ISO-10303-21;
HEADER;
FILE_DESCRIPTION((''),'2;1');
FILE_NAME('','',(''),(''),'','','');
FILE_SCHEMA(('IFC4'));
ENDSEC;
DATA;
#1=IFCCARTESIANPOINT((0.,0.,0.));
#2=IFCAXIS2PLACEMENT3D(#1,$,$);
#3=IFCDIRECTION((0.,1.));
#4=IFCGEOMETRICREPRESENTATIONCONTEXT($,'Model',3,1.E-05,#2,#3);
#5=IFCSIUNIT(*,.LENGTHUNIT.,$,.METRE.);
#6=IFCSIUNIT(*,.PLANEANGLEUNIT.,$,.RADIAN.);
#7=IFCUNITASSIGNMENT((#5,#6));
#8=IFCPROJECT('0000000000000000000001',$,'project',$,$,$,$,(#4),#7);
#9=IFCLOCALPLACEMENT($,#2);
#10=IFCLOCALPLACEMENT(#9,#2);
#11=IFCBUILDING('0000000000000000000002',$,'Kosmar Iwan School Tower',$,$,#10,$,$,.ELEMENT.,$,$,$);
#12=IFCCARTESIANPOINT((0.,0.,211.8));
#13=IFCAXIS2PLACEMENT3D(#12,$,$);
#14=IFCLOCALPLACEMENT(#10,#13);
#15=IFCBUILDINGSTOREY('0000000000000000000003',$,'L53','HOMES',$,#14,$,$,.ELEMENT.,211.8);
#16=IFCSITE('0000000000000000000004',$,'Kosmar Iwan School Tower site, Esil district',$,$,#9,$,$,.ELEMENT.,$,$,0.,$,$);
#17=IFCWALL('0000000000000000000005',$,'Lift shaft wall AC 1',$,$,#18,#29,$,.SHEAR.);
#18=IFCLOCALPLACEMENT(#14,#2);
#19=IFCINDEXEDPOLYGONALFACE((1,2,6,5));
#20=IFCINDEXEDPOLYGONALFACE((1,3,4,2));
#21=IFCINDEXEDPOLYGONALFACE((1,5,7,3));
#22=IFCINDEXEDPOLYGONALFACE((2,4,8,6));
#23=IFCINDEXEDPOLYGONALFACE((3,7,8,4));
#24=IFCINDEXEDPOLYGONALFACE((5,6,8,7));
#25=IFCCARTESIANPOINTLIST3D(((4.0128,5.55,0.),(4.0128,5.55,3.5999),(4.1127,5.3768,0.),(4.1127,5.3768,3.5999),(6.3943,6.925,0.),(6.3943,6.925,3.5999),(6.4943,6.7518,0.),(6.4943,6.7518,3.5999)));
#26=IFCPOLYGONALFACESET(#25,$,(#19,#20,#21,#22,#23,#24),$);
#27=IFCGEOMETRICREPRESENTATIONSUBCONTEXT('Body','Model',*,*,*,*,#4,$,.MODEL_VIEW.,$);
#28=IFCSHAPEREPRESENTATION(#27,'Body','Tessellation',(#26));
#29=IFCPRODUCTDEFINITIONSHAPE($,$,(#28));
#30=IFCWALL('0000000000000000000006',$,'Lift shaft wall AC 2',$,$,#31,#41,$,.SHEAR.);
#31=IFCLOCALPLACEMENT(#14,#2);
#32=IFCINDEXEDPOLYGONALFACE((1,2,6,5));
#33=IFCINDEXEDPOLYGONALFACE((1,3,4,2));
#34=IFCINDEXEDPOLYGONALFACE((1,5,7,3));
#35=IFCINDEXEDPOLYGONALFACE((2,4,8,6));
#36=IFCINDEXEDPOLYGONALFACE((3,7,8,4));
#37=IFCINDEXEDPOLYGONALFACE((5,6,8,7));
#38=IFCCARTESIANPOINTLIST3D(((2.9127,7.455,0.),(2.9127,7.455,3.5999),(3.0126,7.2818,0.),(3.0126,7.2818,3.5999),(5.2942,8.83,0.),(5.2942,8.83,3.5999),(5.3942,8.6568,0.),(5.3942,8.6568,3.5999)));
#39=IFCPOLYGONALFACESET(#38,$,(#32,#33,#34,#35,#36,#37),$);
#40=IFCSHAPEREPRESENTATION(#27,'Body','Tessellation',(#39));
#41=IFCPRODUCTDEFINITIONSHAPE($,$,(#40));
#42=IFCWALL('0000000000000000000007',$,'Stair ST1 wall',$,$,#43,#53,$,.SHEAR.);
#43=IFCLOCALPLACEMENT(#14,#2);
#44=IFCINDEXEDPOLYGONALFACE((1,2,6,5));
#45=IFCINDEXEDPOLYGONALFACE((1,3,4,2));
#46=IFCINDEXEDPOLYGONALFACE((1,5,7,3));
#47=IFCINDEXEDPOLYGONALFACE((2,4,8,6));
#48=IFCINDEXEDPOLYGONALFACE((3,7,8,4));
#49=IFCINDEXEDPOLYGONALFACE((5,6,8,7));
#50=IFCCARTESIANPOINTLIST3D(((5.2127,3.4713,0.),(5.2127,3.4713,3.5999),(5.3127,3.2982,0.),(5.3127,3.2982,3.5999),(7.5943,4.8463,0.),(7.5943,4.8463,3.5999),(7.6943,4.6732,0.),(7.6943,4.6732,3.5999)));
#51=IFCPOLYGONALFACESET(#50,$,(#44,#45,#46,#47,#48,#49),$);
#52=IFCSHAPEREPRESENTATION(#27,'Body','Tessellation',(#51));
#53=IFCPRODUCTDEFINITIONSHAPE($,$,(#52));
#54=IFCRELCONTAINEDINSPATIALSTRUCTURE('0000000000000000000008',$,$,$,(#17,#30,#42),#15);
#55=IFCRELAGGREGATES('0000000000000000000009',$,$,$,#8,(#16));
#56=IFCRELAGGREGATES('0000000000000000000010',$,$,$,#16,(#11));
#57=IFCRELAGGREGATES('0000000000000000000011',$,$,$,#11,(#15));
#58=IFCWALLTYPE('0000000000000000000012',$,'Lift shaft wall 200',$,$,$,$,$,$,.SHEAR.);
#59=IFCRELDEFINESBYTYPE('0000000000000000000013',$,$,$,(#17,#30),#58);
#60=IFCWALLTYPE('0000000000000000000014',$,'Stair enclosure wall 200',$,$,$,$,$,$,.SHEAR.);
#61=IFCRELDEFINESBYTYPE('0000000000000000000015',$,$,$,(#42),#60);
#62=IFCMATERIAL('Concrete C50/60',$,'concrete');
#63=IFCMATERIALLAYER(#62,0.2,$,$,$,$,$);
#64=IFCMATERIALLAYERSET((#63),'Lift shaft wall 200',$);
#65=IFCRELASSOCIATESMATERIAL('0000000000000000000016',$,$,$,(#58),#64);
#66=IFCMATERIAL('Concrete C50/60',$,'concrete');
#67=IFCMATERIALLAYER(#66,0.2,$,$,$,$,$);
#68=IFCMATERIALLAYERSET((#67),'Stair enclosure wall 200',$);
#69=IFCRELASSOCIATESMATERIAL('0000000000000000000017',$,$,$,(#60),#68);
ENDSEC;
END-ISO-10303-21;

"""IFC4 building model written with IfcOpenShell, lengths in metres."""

from ifc_helpers import new_model, si_unit, direction, frame, frame_2d, origin, place, context, subcontext, project, spatial, rectangle, extrude, material, layer, layer_set, type_object, element, save


model = new_model("IFC4")

# Units and contexts
model_context = context("Model", 3, precision=1e-05, world=origin(), true_north=direction((0.0, 1.0)))
body_context = subcontext(model_context, "Body", "Model", "MODEL_VIEW")
ifc_project = project(units=[si_unit("LENGTHUNIT", "METRE"), si_unit("PLANEANGLEUNIT", "RADIAN")], contexts=[model_context])

# Site, building, storey
site_placement = place(None, origin())
site = spatial("IfcSite", under=ifc_project, at=site_placement, Name="Kosmar Iwan School Tower site, Esil district", CompositionType="ELEMENT", RefElevation=0.0)
building_placement = place(site_placement, origin())
building = spatial("IfcBuilding", under=site, at=building_placement, Name="Kosmar Iwan School Tower", CompositionType="ELEMENT")
storey_placement = place(building_placement, frame((0.0, 0.0, 211.8)))
storey = spatial("IfcBuildingStorey", under=building, at=storey_placement, Name="L53", Description="HOMES", CompositionType="ELEMENT", Elevation=211.8)

# Walls
ifc_material_1 = material(Name="Concrete C50/60", Category="concrete")
ifc_layer_1 = layer(ifc_material_1, 0.2)
ifc_layer_set_1 = layer_set([ifc_layer_1], Name="Lift shaft wall 200")
wall_type_1 = type_object("IfcWallType", Name="Lift shaft wall 200", PredefinedType="SHEAR", material=ifc_layer_set_1)
for number, where, z_axis, x_axis, name in (
    (1, (4.0627, 5.4634, 0.0), (0.0, 0.0, 1.0), (0.866027, 0.499997, 0.0), "Lift shaft wall AC 1"),
    (2, (2.9626, 7.3684, 0.0), (0.0, 0.0, 1.0), (0.866027, 0.499997, 0.0), "Lift shaft wall AC 2"),
):
    element("IfcWall", number, at=place(storey_placement, frame(where, z_axis=z_axis, x_axis=x_axis)), inside=storey, type_object=wall_type_1, Name=name, PredefinedType="SHEAR", context=body_context, shape_type="SweptSolid", body=[
        extrude(rectangle(XDim=2.75, YDim=0.2, at=frame_2d((1.375, 0.0))), origin(), (0.0, 0.0, 1.0), 3.5999),
    ])
ifc_material_2 = material(Name="Concrete C50/60", Category="concrete")
ifc_layer_2 = layer(ifc_material_2, 0.2)
ifc_layer_set_2 = layer_set([ifc_layer_2], Name="Stair enclosure wall 200")
wall_type_2 = type_object("IfcWallType", Name="Stair enclosure wall 200", PredefinedType="SHEAR", material=ifc_layer_set_2)
wall_1_placement = place(storey_placement, frame((5.2627, 3.3848, 0.0), z_axis=(0.0, 0.0, 1.0), x_axis=(0.866027, 0.499997, 0.0)))
element("IfcWall", 3, at=wall_1_placement, inside=storey, type_object=wall_type_2, Name="Stair ST1 wall", PredefinedType="SHEAR", context=body_context, shape_type="SweptSolid", body=[
    extrude(rectangle(XDim=2.75, YDim=0.2, at=frame_2d((1.375, 0.0))), origin(), (0.0, 0.0, 1.0), 3.5999),
])

save(model, "model.ifc")
